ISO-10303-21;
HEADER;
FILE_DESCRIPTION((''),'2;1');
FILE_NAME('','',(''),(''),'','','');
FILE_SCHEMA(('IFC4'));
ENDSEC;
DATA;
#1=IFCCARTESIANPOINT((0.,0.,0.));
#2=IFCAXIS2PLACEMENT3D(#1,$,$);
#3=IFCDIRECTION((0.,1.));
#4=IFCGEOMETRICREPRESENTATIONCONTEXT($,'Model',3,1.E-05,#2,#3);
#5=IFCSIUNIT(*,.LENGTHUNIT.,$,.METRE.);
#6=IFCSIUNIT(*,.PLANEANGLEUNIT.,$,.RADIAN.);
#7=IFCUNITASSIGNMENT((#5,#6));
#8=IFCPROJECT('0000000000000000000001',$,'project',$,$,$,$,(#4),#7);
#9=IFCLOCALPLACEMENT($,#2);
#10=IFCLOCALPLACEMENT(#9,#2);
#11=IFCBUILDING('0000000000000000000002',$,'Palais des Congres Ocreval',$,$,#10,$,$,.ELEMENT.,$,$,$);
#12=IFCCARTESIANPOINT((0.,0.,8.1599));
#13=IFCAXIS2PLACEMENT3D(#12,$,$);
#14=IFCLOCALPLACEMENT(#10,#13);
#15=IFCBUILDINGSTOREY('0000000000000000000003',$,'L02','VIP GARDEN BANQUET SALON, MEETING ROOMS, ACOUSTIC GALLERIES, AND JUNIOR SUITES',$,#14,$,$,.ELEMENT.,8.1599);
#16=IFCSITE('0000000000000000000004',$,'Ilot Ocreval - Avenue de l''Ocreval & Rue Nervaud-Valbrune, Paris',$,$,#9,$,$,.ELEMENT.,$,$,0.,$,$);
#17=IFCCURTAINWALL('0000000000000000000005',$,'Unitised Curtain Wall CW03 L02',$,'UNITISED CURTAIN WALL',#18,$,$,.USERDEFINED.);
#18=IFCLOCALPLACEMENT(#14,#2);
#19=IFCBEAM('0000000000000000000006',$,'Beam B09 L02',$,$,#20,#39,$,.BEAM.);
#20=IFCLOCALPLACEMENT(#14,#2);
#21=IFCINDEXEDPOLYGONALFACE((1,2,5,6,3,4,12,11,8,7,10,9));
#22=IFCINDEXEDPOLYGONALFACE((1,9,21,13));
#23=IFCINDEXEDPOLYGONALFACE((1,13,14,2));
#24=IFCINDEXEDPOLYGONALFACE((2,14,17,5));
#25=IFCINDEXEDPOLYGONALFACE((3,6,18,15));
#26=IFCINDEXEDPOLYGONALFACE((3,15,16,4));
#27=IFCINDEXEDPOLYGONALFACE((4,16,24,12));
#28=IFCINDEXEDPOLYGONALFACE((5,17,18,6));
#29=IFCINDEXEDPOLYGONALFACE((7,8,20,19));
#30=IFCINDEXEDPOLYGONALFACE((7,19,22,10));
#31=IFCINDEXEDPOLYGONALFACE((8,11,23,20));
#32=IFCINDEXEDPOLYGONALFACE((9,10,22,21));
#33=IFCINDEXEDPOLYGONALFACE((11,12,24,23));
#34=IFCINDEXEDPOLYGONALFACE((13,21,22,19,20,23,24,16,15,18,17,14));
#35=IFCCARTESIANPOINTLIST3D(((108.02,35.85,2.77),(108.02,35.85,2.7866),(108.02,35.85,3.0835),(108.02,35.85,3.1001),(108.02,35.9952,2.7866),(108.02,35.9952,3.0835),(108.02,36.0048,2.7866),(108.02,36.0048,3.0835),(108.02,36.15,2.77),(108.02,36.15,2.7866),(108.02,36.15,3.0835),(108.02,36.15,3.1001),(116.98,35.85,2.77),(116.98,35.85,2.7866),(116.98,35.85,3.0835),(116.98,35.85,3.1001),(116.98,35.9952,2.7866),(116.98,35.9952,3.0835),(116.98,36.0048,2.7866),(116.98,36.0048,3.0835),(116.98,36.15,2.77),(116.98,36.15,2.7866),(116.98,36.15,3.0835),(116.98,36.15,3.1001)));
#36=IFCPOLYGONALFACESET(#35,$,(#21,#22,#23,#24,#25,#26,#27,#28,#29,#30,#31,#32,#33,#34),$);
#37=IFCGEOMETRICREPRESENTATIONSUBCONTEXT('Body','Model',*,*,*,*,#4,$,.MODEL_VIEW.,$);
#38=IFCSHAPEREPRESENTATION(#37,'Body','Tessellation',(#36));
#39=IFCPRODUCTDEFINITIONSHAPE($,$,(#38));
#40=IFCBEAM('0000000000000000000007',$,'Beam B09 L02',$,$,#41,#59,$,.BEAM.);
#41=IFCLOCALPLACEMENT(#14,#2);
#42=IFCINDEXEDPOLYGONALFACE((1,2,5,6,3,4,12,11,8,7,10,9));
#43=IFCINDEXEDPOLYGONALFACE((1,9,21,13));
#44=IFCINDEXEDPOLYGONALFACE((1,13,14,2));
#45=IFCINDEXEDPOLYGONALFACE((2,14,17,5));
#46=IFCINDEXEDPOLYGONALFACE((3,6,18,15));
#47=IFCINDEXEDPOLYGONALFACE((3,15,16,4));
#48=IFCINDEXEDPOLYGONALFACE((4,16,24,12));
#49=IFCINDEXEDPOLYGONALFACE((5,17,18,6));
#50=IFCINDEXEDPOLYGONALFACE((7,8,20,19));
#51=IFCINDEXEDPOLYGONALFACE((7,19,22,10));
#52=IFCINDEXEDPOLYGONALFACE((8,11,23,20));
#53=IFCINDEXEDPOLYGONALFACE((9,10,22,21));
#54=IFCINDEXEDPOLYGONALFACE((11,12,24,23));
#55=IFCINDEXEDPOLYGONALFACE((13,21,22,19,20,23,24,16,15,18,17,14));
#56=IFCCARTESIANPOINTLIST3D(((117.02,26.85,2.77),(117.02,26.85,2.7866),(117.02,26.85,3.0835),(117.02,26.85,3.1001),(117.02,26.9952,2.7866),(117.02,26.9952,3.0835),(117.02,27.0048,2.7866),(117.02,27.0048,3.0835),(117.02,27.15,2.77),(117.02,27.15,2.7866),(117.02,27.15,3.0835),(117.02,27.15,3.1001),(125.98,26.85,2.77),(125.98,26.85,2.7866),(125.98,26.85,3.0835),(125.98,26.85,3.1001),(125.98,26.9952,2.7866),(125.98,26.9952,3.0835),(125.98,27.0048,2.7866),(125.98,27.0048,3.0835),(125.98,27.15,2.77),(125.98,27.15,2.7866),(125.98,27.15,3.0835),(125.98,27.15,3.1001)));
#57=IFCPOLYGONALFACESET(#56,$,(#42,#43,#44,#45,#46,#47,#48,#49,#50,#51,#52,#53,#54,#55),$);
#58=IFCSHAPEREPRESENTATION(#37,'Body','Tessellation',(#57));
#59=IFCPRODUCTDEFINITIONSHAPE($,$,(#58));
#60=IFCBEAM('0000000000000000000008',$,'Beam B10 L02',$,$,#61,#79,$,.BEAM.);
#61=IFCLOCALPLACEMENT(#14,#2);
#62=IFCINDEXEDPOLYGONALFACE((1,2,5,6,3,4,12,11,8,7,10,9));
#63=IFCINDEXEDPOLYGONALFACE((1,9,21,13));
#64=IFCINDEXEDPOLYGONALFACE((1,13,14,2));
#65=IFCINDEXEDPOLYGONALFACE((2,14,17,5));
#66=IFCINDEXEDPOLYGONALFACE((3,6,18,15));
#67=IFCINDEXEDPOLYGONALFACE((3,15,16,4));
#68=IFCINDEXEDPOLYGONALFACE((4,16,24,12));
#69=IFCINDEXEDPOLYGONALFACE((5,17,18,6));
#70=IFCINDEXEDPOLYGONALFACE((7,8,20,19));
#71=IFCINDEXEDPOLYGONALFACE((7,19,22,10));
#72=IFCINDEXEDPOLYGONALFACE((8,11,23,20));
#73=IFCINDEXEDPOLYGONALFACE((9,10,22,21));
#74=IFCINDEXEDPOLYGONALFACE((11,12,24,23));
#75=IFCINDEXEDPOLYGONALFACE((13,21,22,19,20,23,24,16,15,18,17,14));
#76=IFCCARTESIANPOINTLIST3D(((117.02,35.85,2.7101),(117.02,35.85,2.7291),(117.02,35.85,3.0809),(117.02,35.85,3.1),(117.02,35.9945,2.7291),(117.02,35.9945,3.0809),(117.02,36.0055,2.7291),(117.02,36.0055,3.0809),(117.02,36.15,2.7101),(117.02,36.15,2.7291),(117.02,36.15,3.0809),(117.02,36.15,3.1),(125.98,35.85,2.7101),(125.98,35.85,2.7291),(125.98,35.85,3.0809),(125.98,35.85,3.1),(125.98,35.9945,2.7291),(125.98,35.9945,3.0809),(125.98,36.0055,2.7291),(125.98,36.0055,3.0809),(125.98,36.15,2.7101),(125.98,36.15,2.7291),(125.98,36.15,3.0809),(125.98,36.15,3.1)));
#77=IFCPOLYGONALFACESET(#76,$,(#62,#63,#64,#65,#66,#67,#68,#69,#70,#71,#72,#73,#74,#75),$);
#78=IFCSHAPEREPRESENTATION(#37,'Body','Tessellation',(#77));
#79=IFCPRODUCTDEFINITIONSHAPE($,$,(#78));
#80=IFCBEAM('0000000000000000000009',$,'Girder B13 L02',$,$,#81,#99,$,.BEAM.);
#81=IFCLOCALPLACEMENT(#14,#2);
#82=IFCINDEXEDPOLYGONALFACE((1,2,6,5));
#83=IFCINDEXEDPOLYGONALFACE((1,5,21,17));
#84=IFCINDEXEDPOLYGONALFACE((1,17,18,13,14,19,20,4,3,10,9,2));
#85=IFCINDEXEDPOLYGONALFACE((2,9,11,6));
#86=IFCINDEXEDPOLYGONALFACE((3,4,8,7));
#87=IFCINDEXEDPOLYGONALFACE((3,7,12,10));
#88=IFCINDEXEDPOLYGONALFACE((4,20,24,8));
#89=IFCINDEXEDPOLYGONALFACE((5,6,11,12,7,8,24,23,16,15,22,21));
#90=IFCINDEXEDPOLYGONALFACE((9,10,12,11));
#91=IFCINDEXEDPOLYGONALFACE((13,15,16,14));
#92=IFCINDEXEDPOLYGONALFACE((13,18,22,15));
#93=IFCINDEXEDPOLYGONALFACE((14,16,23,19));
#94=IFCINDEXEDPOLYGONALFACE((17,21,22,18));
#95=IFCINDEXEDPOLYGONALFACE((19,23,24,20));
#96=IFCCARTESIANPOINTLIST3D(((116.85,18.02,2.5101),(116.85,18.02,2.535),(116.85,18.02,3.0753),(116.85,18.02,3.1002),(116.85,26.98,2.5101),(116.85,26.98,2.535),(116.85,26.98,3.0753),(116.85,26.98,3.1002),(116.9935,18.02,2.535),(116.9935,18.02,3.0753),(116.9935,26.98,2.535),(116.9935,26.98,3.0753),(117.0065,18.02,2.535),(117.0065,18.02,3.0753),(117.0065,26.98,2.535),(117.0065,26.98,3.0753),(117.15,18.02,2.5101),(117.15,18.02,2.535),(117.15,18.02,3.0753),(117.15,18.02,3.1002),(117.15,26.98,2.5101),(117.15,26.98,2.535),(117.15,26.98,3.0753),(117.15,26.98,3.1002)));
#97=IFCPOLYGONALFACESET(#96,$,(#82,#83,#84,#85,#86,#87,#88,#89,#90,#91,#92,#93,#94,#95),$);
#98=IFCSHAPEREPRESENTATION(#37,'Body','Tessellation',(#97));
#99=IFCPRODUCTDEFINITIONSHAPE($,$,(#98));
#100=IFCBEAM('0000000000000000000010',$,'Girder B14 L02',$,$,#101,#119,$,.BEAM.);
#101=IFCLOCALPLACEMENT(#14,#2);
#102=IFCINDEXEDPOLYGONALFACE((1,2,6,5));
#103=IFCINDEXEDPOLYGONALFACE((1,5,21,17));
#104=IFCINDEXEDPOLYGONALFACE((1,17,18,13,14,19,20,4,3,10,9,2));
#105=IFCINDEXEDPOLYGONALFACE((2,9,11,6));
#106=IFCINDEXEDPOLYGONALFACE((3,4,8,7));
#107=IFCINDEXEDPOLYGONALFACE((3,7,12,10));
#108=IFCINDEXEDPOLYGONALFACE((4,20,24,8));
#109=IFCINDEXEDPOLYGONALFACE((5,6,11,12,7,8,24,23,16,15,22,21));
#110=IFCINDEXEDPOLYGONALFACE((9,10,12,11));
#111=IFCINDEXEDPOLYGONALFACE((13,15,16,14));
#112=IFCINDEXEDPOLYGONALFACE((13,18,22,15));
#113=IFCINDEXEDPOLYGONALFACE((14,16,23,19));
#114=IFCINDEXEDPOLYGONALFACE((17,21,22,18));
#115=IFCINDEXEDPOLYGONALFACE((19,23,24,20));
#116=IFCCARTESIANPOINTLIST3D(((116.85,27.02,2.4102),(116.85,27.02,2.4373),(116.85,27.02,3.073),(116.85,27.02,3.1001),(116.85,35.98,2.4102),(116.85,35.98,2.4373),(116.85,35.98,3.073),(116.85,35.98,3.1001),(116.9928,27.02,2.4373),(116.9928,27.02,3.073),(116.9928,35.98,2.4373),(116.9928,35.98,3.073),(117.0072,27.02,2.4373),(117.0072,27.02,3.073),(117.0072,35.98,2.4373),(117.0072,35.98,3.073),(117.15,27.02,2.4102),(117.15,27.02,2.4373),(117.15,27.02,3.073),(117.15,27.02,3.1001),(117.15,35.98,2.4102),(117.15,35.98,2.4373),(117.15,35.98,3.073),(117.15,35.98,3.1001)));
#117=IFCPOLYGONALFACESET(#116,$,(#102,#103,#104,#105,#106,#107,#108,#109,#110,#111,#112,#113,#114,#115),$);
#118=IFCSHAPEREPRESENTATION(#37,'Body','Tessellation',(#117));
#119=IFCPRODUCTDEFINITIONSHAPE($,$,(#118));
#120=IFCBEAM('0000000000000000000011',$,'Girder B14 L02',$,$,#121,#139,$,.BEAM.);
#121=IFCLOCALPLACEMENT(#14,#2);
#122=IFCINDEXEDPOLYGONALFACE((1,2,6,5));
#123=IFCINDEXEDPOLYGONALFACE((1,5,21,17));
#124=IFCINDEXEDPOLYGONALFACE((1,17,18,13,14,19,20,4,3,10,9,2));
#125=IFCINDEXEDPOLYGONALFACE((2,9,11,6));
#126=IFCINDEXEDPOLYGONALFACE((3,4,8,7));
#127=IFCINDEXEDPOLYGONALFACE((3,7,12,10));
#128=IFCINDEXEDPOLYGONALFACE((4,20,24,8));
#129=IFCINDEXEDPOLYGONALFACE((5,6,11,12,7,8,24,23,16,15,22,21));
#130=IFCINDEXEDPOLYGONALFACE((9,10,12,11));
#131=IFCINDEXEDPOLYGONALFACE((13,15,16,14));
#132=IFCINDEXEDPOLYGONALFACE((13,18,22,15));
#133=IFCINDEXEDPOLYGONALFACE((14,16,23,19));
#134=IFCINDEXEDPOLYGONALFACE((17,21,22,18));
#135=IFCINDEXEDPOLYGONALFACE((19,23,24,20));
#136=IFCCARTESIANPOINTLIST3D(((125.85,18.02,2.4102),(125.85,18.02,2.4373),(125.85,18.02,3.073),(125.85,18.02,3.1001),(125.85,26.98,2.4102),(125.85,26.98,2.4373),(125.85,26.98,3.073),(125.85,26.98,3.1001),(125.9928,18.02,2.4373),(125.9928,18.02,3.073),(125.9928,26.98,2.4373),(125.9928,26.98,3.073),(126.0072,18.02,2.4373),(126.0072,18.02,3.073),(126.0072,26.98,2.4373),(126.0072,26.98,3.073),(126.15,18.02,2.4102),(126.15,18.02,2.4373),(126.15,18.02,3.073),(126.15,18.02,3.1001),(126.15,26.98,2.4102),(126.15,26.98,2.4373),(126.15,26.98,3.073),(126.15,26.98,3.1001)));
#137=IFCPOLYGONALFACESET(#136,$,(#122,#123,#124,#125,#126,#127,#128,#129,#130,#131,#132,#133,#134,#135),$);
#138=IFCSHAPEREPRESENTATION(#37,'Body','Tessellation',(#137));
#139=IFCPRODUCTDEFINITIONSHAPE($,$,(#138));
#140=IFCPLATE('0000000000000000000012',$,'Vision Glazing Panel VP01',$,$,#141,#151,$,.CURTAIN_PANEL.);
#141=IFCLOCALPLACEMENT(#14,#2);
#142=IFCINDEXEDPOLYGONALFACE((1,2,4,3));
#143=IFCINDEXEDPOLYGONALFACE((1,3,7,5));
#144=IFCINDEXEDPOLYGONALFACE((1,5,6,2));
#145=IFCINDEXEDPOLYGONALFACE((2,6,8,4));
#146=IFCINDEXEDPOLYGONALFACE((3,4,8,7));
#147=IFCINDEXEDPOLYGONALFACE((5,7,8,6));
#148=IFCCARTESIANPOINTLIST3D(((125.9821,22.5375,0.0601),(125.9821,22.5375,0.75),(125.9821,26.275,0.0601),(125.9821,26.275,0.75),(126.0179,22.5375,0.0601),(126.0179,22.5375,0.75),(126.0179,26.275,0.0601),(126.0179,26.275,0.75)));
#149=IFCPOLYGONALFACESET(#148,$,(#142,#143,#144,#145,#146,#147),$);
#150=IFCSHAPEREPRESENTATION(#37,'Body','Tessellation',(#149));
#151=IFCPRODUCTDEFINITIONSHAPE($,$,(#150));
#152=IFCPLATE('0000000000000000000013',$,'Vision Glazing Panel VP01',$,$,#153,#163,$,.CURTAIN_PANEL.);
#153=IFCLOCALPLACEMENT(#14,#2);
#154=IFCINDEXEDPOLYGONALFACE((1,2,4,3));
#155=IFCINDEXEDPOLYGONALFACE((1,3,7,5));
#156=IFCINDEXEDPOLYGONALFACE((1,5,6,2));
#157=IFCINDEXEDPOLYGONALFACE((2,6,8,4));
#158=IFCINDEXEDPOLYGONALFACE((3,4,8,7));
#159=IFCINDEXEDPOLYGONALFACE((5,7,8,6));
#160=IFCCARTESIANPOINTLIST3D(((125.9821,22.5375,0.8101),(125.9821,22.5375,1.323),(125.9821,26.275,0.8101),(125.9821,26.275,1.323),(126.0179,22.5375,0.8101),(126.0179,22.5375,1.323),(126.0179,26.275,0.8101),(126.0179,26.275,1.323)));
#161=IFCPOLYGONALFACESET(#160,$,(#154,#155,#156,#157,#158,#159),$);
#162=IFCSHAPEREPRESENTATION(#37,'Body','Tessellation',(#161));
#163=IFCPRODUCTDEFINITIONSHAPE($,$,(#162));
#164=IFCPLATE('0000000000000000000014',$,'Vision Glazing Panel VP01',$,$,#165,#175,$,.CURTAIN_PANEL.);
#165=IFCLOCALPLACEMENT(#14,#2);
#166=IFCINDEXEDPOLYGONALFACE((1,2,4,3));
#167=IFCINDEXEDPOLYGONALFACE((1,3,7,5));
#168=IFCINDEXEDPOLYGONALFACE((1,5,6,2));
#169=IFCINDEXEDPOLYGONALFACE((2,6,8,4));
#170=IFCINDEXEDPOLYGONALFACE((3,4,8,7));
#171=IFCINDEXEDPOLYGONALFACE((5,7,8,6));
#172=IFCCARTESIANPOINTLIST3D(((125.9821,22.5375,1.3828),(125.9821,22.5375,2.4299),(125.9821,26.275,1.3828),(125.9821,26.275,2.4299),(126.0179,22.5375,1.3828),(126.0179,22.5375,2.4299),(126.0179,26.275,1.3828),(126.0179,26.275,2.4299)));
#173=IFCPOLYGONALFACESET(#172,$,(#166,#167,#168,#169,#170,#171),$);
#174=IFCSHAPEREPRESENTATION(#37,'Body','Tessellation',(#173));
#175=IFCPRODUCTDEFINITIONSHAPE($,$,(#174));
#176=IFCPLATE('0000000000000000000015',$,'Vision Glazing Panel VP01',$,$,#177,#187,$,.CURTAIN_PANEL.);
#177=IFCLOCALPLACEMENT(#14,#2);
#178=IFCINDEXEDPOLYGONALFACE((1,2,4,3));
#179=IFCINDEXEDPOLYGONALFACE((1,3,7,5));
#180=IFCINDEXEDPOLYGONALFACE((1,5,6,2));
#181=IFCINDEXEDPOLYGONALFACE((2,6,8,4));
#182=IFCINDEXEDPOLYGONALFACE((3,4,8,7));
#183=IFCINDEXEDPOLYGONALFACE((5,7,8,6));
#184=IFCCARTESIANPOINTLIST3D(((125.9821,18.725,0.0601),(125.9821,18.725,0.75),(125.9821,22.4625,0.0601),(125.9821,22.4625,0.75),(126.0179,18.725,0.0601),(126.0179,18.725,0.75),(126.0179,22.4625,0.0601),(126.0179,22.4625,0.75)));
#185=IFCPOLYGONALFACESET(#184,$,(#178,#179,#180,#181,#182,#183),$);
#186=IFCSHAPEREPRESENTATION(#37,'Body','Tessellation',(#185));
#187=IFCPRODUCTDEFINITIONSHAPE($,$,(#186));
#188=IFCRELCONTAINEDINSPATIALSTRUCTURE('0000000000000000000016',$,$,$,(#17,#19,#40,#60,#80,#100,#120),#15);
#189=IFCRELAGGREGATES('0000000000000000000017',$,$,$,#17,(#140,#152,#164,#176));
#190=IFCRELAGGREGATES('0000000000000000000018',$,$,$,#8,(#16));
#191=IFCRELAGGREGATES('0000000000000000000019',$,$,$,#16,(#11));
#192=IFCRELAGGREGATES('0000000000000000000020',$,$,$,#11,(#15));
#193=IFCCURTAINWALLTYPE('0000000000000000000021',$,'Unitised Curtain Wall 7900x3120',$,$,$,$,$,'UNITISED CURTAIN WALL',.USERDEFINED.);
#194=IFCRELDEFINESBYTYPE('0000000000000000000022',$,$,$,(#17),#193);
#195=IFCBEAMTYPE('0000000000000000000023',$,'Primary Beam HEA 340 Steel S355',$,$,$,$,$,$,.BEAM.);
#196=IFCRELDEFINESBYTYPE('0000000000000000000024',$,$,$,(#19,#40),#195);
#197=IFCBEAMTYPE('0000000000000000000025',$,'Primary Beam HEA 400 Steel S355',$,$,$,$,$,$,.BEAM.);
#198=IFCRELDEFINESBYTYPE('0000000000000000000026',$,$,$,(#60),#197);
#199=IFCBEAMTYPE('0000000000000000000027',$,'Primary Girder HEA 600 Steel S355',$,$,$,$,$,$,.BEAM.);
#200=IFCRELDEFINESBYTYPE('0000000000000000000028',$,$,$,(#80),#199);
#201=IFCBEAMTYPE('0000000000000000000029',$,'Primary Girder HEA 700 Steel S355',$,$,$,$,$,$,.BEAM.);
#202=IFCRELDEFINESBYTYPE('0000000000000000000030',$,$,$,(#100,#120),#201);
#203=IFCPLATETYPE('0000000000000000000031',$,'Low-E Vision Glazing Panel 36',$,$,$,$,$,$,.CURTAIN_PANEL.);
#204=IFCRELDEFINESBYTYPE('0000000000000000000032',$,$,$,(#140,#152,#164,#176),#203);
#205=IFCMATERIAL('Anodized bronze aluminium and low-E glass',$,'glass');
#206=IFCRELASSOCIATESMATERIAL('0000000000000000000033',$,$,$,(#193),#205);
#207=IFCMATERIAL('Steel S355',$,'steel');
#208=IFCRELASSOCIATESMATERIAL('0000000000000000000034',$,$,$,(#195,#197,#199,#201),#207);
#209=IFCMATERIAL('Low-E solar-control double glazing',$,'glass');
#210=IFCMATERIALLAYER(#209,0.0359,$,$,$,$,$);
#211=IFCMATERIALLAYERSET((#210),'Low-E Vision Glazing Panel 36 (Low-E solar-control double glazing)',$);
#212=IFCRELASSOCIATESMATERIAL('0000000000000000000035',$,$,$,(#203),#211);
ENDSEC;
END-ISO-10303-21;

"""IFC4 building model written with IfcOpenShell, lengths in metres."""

from ifc_helpers import new_model, si_unit, direction, frame, origin, origin_2d, place, context, subcontext, project, spatial, rectangle, i_section, extrude, material, layer, layer_set, material_profile, profile_set, type_object, element, aggregate, save


model = new_model("IFC4")

# Units and contexts
model_context = context("Model", 3, precision=1e-05, world=origin(), true_north=direction((0.0, 1.0)))
body_context = subcontext(model_context, "Body", "Model", "MODEL_VIEW")
ifc_project = project(units=[si_unit("LENGTHUNIT", "METRE"), si_unit("PLANEANGLEUNIT", "RADIAN")], contexts=[model_context])

# Site, building, storey
site_placement = place(None, origin())
site = spatial("IfcSite", under=ifc_project, at=site_placement, Name="Ilot Ocreval - Avenue de l'Ocreval & Rue Nervaud-Valbrune, Paris", CompositionType="ELEMENT", RefElevation=0.0)
building_placement = place(site_placement, origin())
building = spatial("IfcBuilding", under=site, at=building_placement, Name="Palais des Congres Ocreval", CompositionType="ELEMENT")
storey_placement = place(building_placement, frame((0.0, 0.0, 8.1599)))
storey = spatial("IfcBuildingStorey", under=building, at=storey_placement, Name="L02", Description="VIP GARDEN BANQUET SALON, MEETING ROOMS, ACOUSTIC GALLERIES, AND JUNIOR SUITES", CompositionType="ELEMENT", Elevation=8.1599)

# Shared definitions
ifc_material_1 = material(Name="Steel S355", Category="steel")

# Curtain wall
ifc_material_2 = material(Name="Anodized bronze aluminium and low-E glass", Category="glass")
curtain_wall_type = type_object("IfcCurtainWallType", Name="Unitised Curtain Wall 7900x3120", ElementType="UNITISED CURTAIN WALL", PredefinedType="USERDEFINED", material=ifc_material_2)
curtain_wall_placement = place(storey_placement, origin())
curtain_wall = element("IfcCurtainWall", 1, at=curtain_wall_placement, inside=storey, type_object=curtain_wall_type, Name="Unitised Curtain Wall CW03 L02", ObjectType="UNITISED CURTAIN WALL", PredefinedType="USERDEFINED")

# Beams
ifc_material_profile_1 = material_profile(ifc_material_1, i_section(OverallWidth=0.3, OverallDepth=0.3301, WebThickness=0.0095, FlangeThickness=0.0166, at=origin_2d()), Name="HEA 340")
ifc_profile_set_1 = profile_set([ifc_material_profile_1], Name="Steel S355")
beam_type_1 = type_object("IfcBeamType", Name="Primary Beam HEA 340 Steel S355", PredefinedType="BEAM", material=ifc_profile_set_1)
for number, where, z_axis, x_axis, name in (
    (2, (108.02, 36.0, 2.9351), (1.0, 0.0, 0.0), (0.0, 1.0, 0.0), "Beam B09 L02"),
    (3, (117.02, 27.0, 2.9351), (1.0, 0.0, 0.0), (0.0, 1.0, 0.0), "Beam B09 L02"),
):
    element("IfcBeam", number, at=place(storey_placement, frame(where, z_axis=z_axis, x_axis=x_axis)), inside=storey, type_object=beam_type_1, Name=name, PredefinedType="BEAM", context=body_context, shape_type="SweptSolid", body=[
        extrude(i_section(OverallWidth=0.3, OverallDepth=0.3301, WebThickness=0.0095, FlangeThickness=0.0166, at=origin_2d()), origin(), (0.0, 0.0, 1.0), 8.96),
    ])
ifc_material_profile_2 = material_profile(ifc_material_1, i_section(OverallWidth=0.3, OverallDepth=0.3899, WebThickness=0.011, FlangeThickness=0.019, at=origin_2d()), Name="HEA 400")
ifc_profile_set_2 = profile_set([ifc_material_profile_2], Name="Steel S355")
beam_type_2 = type_object("IfcBeamType", Name="Primary Beam HEA 400 Steel S355", PredefinedType="BEAM", material=ifc_profile_set_2)
beam_1_placement = place(storey_placement, frame((117.02, 36.0, 2.905), z_axis=(1.0, 0.0, 0.0), x_axis=(0.0, 1.0, 0.0)))
element("IfcBeam", 4, at=beam_1_placement, inside=storey, type_object=beam_type_2, Name="Beam B10 L02", PredefinedType="BEAM", context=body_context, shape_type="SweptSolid", body=[
    extrude(i_section(OverallWidth=0.3, OverallDepth=0.3899, WebThickness=0.011, FlangeThickness=0.019, at=origin_2d()), origin(), (0.0, 0.0, 1.0), 8.96),
])
ifc_material_profile_3 = material_profile(ifc_material_1, i_section(OverallWidth=0.3, OverallDepth=0.5901, WebThickness=0.0129, FlangeThickness=0.0249, at=origin_2d()), Name="HEA 600")
ifc_profile_set_3 = profile_set([ifc_material_profile_3], Name="Steel S355")
beam_type_3 = type_object("IfcBeamType", Name="Primary Girder HEA 600 Steel S355", PredefinedType="BEAM", material=ifc_profile_set_3)
beam_2_placement = place(storey_placement, frame((117.0, 18.02, 2.8052), z_axis=(0.0, 1.0, 0.0), x_axis=(-1.0, 0.0, 0.0)))
element("IfcBeam", 5, at=beam_2_placement, inside=storey, type_object=beam_type_3, Name="Girder B13 L02", PredefinedType="BEAM", context=body_context, shape_type="SweptSolid", body=[
    extrude(i_section(OverallWidth=0.3, OverallDepth=0.5901, WebThickness=0.0129, FlangeThickness=0.0249, at=origin_2d()), origin(), (0.0, 0.0, 1.0), 8.96),
])
ifc_material_profile_4 = material_profile(ifc_material_1, i_section(OverallWidth=0.3, OverallDepth=0.6899, WebThickness=0.0144, FlangeThickness=0.0271, at=origin_2d()), Name="HEA 700")
ifc_profile_set_4 = profile_set([ifc_material_profile_4], Name="Steel S355")
beam_type_4 = type_object("IfcBeamType", Name="Primary Girder HEA 700 Steel S355", PredefinedType="BEAM", material=ifc_profile_set_4)
for number, where, z_axis, x_axis, name in (
    (6, (117.0, 27.02, 2.7551), (0.0, 1.0, 0.0), (-1.0, 0.0, 0.0), "Girder B14 L02"),
    (7, (126.0, 18.02, 2.7551), (0.0, 1.0, 0.0), (-1.0, 0.0, 0.0), "Girder B14 L02"),
):
    element("IfcBeam", number, at=place(storey_placement, frame(where, z_axis=z_axis, x_axis=x_axis)), inside=storey, type_object=beam_type_4, Name=name, PredefinedType="BEAM", context=body_context, shape_type="SweptSolid", body=[
        extrude(i_section(OverallWidth=0.3, OverallDepth=0.6899, WebThickness=0.0144, FlangeThickness=0.0271, at=origin_2d()), origin(), (0.0, 0.0, 1.0), 8.96),
    ])

# Plates
ifc_material_3 = material(Name="Low-E solar-control double glazing", Category="glass")
ifc_layer_1 = layer(ifc_material_3, 0.0359)
ifc_layer_set_1 = layer_set([ifc_layer_1], Name="Low-E Vision Glazing Panel 36 (Low-E solar-control double glazing)")
plate_type_1 = type_object("IfcPlateType", Name="Low-E Vision Glazing Panel 36", PredefinedType="CURTAIN_PANEL", material=ifc_layer_set_1)
plate_1_placement = place(storey_placement, frame((126.0, 24.4062, 0.0601), z_axis=(0.0, 0.0, 1.0), x_axis=(0.0, -1.0, 0.0)))
plate_1 = element("IfcPlate", 8, at=plate_1_placement, type_object=plate_type_1, Name="Vision Glazing Panel VP01", PredefinedType="CURTAIN_PANEL", context=body_context, shape_type="SweptSolid", body=[
    extrude(rectangle(XDim=3.7375, YDim=0.0359, at=origin_2d()), origin(), (0.0, 0.0, 1.0), 0.6899),
])
plate_2_placement = place(storey_placement, frame((126.0, 24.4062, 0.8101), z_axis=(0.0, 0.0, 1.0), x_axis=(0.0, -1.0, 0.0)))
plate_2 = element("IfcPlate", 9, at=plate_2_placement, type_object=plate_type_1, Name="Vision Glazing Panel VP01", PredefinedType="CURTAIN_PANEL", context=body_context, shape_type="SweptSolid", body=[
    extrude(rectangle(XDim=3.7375, YDim=0.0359, at=origin_2d()), origin(), (0.0, 0.0, 1.0), 0.5129),
])
plate_3_placement = place(storey_placement, frame((126.0, 24.4062, 1.3828), z_axis=(0.0, 0.0, 1.0), x_axis=(0.0, -1.0, 0.0)))
plate_3 = element("IfcPlate", 10, at=plate_3_placement, type_object=plate_type_1, Name="Vision Glazing Panel VP01", PredefinedType="CURTAIN_PANEL", context=body_context, shape_type="SweptSolid", body=[
    extrude(rectangle(XDim=3.7375, YDim=0.0359, at=origin_2d()), origin(), (0.0, 0.0, 1.0), 1.0471),
])
plate_4_placement = place(storey_placement, frame((126.0, 20.5938, 0.0601), z_axis=(0.0, 0.0, 1.0), x_axis=(0.0, -1.0, 0.0)))
plate_4 = element("IfcPlate", 11, at=plate_4_placement, type_object=plate_type_1, Name="Vision Glazing Panel VP01", PredefinedType="CURTAIN_PANEL", context=body_context, shape_type="SweptSolid", body=[
    extrude(rectangle(XDim=3.7375, YDim=0.0359, at=origin_2d()), origin(), (0.0, 0.0, 1.0), 0.6899),
])
aggregate(curtain_wall, [plate_1, plate_2, plate_3, plate_4])

save(model, "model.ifc")
